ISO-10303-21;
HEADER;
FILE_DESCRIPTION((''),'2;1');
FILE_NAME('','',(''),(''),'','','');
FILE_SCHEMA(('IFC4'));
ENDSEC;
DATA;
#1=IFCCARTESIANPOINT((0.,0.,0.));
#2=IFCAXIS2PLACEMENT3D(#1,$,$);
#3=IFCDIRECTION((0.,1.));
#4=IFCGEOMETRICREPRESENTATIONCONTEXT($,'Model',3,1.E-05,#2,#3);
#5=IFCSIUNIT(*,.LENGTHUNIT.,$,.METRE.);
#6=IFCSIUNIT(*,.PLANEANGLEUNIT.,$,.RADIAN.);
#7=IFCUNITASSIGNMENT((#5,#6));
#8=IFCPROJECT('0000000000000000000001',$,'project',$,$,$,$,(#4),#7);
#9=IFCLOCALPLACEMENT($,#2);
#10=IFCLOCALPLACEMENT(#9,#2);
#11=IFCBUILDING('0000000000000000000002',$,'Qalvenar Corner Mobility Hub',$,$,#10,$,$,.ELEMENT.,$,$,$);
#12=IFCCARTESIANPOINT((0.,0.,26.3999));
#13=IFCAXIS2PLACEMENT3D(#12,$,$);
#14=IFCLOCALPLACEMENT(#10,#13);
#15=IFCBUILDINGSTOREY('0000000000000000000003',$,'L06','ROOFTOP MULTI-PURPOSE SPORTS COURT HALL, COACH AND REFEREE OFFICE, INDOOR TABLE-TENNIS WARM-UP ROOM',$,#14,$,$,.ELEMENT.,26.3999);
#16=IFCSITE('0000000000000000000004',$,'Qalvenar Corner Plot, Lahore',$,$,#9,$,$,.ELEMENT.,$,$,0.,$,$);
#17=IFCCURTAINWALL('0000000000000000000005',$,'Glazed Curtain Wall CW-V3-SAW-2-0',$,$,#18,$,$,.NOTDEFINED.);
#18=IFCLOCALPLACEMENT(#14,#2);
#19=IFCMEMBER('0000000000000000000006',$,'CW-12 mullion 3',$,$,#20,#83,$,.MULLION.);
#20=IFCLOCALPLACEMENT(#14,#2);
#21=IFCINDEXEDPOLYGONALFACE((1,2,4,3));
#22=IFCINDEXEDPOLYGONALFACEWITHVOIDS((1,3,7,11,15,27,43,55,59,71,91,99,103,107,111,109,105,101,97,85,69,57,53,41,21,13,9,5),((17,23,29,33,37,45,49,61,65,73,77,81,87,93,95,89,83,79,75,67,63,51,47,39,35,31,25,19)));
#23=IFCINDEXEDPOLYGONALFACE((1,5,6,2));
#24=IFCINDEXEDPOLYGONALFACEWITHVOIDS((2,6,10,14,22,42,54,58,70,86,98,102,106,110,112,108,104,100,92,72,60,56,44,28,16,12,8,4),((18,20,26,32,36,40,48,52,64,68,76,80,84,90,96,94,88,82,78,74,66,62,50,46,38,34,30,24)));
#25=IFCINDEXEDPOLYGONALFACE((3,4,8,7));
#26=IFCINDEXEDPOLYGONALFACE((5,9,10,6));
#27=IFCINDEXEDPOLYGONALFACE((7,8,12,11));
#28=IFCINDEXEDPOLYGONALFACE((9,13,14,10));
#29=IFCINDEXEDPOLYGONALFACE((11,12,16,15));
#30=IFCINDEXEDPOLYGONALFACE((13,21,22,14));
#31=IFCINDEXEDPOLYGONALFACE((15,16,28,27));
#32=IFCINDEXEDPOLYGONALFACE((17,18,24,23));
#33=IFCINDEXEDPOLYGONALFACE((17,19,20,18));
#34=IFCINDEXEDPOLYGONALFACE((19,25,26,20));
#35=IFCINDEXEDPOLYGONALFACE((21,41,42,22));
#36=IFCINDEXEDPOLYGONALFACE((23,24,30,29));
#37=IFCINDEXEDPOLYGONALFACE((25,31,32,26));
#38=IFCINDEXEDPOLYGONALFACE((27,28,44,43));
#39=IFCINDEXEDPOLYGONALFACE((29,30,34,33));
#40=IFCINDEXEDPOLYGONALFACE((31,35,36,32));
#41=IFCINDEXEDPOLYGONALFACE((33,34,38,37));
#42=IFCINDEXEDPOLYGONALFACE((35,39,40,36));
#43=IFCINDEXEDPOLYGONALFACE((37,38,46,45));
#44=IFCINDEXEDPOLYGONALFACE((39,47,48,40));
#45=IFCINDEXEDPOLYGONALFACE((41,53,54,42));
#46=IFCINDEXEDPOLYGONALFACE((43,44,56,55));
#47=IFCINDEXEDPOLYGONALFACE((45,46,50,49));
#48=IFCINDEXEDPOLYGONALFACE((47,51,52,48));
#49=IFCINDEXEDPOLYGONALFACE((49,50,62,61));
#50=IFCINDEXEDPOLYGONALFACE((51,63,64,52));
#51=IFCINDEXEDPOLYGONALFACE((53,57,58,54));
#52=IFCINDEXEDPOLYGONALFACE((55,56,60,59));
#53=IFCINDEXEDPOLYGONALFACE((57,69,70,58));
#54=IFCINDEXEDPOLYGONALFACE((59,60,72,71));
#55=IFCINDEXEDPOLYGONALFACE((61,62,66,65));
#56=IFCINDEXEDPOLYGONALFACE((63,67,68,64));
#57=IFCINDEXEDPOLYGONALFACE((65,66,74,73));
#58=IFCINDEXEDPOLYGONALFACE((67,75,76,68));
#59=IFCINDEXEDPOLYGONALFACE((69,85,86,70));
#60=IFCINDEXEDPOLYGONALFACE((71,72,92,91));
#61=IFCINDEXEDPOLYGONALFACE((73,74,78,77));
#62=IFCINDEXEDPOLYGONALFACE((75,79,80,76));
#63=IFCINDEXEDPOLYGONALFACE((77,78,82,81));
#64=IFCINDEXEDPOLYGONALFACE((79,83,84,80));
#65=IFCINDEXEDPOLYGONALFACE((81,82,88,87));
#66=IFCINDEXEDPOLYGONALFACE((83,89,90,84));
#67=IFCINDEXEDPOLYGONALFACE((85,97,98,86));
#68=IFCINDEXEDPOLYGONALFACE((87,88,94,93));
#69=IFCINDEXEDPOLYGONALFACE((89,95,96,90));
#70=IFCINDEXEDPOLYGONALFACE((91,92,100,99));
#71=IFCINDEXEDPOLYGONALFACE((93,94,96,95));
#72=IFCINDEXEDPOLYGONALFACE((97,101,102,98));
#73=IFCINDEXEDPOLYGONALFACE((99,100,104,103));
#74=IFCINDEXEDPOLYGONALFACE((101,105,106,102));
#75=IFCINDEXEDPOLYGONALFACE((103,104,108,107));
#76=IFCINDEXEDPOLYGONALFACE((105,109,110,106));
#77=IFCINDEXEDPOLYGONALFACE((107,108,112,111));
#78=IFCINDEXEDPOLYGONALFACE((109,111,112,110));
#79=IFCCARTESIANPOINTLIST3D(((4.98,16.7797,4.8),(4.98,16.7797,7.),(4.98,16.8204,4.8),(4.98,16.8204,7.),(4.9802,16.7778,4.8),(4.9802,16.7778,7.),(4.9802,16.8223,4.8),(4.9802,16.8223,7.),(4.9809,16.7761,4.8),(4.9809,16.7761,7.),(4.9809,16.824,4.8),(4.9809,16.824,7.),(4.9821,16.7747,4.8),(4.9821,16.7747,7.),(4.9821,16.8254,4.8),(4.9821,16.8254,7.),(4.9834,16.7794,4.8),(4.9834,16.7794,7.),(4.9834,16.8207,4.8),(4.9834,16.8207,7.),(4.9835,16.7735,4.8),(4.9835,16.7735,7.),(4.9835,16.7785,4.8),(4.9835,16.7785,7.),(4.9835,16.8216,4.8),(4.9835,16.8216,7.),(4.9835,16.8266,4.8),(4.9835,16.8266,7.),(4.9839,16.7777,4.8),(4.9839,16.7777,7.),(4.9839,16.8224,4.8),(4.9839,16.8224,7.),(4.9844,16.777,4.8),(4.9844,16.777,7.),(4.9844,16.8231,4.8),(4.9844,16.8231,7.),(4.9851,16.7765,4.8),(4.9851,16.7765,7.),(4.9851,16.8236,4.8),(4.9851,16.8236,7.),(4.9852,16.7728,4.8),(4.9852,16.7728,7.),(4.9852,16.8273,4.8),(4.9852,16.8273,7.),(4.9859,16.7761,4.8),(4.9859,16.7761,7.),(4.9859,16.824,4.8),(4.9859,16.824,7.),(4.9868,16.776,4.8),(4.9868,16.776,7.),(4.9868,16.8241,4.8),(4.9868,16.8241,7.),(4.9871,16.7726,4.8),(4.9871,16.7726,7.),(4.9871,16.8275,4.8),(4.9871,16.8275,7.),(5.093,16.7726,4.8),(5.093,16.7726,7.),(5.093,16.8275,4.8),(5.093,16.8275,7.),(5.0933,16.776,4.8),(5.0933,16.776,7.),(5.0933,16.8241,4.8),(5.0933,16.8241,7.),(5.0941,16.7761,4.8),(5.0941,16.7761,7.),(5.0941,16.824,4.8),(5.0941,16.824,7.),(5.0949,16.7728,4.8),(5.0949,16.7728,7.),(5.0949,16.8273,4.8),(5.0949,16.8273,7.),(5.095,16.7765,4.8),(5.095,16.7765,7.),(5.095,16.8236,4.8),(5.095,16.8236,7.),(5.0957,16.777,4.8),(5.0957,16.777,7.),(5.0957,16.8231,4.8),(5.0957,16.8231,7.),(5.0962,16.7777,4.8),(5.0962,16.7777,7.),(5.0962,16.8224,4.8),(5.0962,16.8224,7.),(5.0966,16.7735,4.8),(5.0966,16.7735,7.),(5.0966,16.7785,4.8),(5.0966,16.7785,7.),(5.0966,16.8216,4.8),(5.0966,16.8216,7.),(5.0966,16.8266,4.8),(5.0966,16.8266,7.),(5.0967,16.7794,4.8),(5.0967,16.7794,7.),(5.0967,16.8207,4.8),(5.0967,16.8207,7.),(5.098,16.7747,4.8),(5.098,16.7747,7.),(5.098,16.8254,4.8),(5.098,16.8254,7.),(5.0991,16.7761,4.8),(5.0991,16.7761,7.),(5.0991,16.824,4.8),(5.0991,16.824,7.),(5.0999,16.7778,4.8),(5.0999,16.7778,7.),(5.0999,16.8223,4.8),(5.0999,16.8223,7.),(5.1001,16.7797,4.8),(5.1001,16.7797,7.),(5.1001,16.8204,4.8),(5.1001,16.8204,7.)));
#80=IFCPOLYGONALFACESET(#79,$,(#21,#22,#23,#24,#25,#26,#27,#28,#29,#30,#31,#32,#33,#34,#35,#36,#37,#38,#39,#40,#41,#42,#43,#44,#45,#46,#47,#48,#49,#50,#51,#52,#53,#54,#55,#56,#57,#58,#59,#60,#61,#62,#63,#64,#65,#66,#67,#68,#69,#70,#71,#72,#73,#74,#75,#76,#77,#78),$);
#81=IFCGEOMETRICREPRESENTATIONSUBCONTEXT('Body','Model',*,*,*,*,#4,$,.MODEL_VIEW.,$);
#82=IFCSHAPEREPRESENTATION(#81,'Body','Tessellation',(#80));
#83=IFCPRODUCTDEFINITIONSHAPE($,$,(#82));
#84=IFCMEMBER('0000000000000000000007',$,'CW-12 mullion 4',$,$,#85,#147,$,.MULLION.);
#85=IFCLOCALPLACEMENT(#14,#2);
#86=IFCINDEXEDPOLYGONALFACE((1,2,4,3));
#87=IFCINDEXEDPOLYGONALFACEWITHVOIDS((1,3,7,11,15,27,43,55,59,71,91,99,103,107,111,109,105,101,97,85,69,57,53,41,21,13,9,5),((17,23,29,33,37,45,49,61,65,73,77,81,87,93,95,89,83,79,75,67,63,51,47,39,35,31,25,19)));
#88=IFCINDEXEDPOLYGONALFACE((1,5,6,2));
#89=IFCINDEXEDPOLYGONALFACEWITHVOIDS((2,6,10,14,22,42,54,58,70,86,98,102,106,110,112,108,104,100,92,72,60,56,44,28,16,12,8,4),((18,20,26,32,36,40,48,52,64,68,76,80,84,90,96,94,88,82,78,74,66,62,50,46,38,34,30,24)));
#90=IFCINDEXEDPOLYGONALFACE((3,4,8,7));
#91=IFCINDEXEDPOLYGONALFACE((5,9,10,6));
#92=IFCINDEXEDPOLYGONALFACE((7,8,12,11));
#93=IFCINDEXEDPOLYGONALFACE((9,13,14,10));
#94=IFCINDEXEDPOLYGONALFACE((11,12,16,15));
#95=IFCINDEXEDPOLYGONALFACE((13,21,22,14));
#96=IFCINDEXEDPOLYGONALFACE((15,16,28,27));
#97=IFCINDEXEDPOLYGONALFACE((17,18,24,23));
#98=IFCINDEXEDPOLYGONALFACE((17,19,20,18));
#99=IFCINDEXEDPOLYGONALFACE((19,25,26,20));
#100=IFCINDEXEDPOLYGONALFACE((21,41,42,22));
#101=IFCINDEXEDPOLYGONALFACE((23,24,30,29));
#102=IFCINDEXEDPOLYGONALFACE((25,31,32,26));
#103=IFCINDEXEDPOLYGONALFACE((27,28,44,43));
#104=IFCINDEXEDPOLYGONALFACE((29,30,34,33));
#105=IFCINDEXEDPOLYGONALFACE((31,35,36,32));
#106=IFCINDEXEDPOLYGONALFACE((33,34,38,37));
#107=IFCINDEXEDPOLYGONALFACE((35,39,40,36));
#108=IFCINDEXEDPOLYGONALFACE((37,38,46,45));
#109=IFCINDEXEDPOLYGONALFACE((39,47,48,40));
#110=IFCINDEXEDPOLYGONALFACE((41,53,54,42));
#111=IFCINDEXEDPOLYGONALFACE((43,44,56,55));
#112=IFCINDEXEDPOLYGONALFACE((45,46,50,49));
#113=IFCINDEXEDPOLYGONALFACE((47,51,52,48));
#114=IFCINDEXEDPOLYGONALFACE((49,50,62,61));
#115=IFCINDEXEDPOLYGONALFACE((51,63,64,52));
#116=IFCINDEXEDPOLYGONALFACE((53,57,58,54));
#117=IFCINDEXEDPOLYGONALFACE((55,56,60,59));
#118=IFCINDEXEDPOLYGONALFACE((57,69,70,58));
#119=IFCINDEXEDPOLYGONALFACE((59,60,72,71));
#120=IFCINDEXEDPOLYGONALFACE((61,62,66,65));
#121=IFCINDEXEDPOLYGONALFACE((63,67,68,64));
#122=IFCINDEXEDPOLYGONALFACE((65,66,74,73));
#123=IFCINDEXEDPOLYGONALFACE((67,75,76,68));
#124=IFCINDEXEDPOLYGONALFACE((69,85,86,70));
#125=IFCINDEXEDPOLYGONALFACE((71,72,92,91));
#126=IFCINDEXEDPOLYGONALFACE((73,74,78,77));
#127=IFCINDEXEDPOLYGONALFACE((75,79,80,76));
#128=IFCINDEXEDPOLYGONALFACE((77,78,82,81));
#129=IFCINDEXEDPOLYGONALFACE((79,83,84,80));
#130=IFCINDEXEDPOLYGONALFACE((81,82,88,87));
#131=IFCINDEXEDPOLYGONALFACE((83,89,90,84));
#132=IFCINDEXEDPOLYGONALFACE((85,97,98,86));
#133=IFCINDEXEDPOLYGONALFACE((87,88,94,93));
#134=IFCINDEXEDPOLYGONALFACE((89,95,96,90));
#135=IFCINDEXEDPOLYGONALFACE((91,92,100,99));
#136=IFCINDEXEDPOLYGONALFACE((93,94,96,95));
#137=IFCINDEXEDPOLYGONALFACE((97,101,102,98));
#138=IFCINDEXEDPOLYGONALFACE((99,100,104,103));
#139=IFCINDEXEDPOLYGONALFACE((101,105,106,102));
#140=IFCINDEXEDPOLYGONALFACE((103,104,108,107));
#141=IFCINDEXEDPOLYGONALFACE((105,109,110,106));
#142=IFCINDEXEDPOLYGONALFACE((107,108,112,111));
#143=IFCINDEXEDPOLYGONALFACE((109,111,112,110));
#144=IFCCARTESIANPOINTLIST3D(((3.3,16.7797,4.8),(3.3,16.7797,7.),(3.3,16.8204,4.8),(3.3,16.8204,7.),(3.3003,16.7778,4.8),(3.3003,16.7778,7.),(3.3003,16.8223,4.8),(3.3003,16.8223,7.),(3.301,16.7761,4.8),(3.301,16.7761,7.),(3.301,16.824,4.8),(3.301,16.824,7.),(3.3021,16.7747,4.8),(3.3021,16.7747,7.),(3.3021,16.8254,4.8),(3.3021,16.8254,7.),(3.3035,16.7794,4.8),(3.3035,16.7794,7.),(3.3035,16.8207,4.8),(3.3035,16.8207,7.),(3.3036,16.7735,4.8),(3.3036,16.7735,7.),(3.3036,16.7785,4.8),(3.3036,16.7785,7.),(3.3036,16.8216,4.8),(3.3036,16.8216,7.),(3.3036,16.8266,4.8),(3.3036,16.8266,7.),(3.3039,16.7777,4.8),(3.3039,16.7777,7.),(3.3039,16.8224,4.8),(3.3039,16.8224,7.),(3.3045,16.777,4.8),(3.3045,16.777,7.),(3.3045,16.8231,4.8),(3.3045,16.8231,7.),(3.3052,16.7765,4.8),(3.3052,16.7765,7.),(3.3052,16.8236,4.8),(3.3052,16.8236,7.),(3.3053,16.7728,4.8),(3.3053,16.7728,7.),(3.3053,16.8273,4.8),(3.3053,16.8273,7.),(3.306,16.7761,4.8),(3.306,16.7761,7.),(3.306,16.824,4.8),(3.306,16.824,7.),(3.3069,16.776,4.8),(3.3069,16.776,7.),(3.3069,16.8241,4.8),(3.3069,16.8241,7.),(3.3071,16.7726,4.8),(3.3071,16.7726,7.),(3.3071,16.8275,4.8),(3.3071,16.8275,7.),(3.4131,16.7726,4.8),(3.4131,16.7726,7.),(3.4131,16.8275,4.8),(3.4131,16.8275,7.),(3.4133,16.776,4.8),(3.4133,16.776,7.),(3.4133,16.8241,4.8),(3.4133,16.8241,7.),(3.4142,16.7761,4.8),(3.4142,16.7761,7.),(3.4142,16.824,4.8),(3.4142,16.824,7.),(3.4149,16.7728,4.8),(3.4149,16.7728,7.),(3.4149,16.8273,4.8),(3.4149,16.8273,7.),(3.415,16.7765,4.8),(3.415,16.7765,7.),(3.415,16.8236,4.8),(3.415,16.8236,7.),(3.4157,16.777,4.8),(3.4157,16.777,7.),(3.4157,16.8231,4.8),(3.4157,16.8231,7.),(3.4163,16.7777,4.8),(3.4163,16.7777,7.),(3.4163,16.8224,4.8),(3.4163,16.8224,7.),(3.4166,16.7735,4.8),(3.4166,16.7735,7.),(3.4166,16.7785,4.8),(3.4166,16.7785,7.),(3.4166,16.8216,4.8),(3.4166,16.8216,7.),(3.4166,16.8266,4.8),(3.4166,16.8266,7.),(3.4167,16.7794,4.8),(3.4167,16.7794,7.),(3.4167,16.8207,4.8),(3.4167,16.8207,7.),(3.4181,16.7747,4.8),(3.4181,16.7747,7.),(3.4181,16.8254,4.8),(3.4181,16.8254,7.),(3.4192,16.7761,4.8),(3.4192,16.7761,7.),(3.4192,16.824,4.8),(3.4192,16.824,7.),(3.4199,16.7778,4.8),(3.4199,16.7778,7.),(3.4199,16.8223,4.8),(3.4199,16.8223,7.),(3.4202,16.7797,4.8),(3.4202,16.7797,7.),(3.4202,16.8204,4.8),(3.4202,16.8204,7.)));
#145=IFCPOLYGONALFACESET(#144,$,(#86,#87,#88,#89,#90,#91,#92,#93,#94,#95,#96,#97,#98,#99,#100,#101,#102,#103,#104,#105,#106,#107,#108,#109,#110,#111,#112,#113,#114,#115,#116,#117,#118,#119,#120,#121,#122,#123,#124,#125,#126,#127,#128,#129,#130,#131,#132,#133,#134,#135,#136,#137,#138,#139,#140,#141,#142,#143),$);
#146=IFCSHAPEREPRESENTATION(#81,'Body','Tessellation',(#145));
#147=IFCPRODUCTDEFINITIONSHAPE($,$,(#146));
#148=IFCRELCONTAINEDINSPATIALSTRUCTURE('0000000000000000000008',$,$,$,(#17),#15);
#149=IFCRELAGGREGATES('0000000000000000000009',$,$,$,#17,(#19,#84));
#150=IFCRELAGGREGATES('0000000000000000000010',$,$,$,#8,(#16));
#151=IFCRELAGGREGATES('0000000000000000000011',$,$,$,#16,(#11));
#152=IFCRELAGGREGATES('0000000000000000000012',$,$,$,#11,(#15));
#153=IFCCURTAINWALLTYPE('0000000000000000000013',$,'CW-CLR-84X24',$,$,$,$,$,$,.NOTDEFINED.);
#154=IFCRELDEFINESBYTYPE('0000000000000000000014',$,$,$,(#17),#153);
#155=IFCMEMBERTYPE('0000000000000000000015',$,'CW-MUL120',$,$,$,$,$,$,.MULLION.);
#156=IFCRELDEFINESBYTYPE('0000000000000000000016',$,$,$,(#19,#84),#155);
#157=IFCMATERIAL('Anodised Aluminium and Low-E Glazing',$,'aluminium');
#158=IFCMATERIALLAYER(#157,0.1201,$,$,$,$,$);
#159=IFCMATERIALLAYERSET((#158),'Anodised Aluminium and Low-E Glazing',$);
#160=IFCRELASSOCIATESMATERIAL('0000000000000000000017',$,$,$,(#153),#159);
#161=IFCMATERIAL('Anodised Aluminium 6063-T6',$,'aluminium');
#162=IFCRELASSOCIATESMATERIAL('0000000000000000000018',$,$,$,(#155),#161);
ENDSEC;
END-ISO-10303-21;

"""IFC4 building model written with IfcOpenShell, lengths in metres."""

from ifc_helpers import new_model, si_unit, direction, frame, origin, origin_2d, place, context, subcontext, project, spatial, hollow_rectangle, extrude, material, layer, layer_set, material_profile, profile_set, type_object, element, aggregate, save


model = new_model("IFC4")

# Units and contexts
model_context = context("Model", 3, precision=1e-05, world=origin(), true_north=direction((0.0, 1.0)))
body_context = subcontext(model_context, "Body", "Model", "MODEL_VIEW")
ifc_project = project(units=[si_unit("LENGTHUNIT", "METRE"), si_unit("PLANEANGLEUNIT", "RADIAN")], contexts=[model_context])

# Site, building, storey
site_placement = place(None, origin())
site = spatial("IfcSite", under=ifc_project, at=site_placement, Name="Qalvenar Corner Plot, Lahore", CompositionType="ELEMENT", RefElevation=0.0)
building_placement = place(site_placement, origin())
building = spatial("IfcBuilding", under=site, at=building_placement, Name="Qalvenar Corner Mobility Hub", CompositionType="ELEMENT")
storey_placement = place(building_placement, frame((0.0, 0.0, 26.3999)))
storey = spatial("IfcBuildingStorey", under=building, at=storey_placement, Name="L06", Description="ROOFTOP MULTI-PURPOSE SPORTS COURT HALL, COACH AND REFEREE OFFICE, INDOOR TABLE-TENNIS WARM-UP ROOM", CompositionType="ELEMENT", Elevation=26.3999)

# Curtain wall, members
ifc_material_1 = material(Name="Anodised Aluminium and Low-E Glazing", Category="aluminium")
ifc_layer_1 = layer(ifc_material_1, 0.1201)
ifc_layer_set_1 = layer_set([ifc_layer_1], Name="Anodised Aluminium and Low-E Glazing")
curtain_wall_type_1 = type_object("IfcCurtainWallType", Name="CW-CLR-84X24", PredefinedType="NOTDEFINED", material=ifc_layer_set_1)
curtain_wall_1_placement = place(storey_placement, origin())
curtain_wall_1 = element("IfcCurtainWall", 1, at=curtain_wall_1_placement, inside=storey, type_object=curtain_wall_type_1, Name="Glazed Curtain Wall CW-V3-SAW-2-0", PredefinedType="NOTDEFINED")
ifc_material_2 = material(Name="Anodised Aluminium 6063-T6", Category="aluminium")
ifc_material_profile_1 = material_profile(ifc_material_2, hollow_rectangle(XDim=0.0549, YDim=0.1201, WallThickness=0.0034, InnerFilletRadius=0.0034, OuterFilletRadius=0.0071, at=origin_2d()), Name="RHS120x55x3.5")
ifc_profile_set_1 = profile_set([ifc_material_profile_1], Name="Anodised Aluminium 6063-T6")
member_type_1 = type_object("IfcMemberType", Name="CW-MUL120", PredefinedType="MULLION", material=ifc_profile_set_1)
member_1_placement = place(storey_placement, frame((5.04, 16.8, 4.8), z_axis=(0.0, 0.0, 1.0), x_axis=(0.0, -1.0, 0.0)))
member_1 = element("IfcMember", 2, at=member_1_placement, type_object=member_type_1, Name="CW-12 mullion 3", PredefinedType="MULLION", context=body_context, shape_type="SweptSolid", body=[
    extrude(hollow_rectangle(XDim=0.0549, YDim=0.1201, WallThickness=0.0034, InnerFilletRadius=0.0034, OuterFilletRadius=0.0071, at=origin_2d()), origin(), (0.0, 0.0, 1.0), 2.2),
])
member_2_placement = place(storey_placement, frame((3.3601, 16.8, 4.8), z_axis=(0.0, 0.0, 1.0), x_axis=(0.0, -1.0, 0.0)))
member_2 = element("IfcMember", 3, at=member_2_placement, type_object=member_type_1, Name="CW-12 mullion 4", PredefinedType="MULLION", context=body_context, shape_type="SweptSolid", body=[
    extrude(hollow_rectangle(XDim=0.0549, YDim=0.1201, WallThickness=0.0034, InnerFilletRadius=0.0034, OuterFilletRadius=0.0071, at=origin_2d()), origin(), (0.0, 0.0, 1.0), 2.2),
])

aggregate(curtain_wall_1, [member_1, member_2])

save(model, "model.ifc")
